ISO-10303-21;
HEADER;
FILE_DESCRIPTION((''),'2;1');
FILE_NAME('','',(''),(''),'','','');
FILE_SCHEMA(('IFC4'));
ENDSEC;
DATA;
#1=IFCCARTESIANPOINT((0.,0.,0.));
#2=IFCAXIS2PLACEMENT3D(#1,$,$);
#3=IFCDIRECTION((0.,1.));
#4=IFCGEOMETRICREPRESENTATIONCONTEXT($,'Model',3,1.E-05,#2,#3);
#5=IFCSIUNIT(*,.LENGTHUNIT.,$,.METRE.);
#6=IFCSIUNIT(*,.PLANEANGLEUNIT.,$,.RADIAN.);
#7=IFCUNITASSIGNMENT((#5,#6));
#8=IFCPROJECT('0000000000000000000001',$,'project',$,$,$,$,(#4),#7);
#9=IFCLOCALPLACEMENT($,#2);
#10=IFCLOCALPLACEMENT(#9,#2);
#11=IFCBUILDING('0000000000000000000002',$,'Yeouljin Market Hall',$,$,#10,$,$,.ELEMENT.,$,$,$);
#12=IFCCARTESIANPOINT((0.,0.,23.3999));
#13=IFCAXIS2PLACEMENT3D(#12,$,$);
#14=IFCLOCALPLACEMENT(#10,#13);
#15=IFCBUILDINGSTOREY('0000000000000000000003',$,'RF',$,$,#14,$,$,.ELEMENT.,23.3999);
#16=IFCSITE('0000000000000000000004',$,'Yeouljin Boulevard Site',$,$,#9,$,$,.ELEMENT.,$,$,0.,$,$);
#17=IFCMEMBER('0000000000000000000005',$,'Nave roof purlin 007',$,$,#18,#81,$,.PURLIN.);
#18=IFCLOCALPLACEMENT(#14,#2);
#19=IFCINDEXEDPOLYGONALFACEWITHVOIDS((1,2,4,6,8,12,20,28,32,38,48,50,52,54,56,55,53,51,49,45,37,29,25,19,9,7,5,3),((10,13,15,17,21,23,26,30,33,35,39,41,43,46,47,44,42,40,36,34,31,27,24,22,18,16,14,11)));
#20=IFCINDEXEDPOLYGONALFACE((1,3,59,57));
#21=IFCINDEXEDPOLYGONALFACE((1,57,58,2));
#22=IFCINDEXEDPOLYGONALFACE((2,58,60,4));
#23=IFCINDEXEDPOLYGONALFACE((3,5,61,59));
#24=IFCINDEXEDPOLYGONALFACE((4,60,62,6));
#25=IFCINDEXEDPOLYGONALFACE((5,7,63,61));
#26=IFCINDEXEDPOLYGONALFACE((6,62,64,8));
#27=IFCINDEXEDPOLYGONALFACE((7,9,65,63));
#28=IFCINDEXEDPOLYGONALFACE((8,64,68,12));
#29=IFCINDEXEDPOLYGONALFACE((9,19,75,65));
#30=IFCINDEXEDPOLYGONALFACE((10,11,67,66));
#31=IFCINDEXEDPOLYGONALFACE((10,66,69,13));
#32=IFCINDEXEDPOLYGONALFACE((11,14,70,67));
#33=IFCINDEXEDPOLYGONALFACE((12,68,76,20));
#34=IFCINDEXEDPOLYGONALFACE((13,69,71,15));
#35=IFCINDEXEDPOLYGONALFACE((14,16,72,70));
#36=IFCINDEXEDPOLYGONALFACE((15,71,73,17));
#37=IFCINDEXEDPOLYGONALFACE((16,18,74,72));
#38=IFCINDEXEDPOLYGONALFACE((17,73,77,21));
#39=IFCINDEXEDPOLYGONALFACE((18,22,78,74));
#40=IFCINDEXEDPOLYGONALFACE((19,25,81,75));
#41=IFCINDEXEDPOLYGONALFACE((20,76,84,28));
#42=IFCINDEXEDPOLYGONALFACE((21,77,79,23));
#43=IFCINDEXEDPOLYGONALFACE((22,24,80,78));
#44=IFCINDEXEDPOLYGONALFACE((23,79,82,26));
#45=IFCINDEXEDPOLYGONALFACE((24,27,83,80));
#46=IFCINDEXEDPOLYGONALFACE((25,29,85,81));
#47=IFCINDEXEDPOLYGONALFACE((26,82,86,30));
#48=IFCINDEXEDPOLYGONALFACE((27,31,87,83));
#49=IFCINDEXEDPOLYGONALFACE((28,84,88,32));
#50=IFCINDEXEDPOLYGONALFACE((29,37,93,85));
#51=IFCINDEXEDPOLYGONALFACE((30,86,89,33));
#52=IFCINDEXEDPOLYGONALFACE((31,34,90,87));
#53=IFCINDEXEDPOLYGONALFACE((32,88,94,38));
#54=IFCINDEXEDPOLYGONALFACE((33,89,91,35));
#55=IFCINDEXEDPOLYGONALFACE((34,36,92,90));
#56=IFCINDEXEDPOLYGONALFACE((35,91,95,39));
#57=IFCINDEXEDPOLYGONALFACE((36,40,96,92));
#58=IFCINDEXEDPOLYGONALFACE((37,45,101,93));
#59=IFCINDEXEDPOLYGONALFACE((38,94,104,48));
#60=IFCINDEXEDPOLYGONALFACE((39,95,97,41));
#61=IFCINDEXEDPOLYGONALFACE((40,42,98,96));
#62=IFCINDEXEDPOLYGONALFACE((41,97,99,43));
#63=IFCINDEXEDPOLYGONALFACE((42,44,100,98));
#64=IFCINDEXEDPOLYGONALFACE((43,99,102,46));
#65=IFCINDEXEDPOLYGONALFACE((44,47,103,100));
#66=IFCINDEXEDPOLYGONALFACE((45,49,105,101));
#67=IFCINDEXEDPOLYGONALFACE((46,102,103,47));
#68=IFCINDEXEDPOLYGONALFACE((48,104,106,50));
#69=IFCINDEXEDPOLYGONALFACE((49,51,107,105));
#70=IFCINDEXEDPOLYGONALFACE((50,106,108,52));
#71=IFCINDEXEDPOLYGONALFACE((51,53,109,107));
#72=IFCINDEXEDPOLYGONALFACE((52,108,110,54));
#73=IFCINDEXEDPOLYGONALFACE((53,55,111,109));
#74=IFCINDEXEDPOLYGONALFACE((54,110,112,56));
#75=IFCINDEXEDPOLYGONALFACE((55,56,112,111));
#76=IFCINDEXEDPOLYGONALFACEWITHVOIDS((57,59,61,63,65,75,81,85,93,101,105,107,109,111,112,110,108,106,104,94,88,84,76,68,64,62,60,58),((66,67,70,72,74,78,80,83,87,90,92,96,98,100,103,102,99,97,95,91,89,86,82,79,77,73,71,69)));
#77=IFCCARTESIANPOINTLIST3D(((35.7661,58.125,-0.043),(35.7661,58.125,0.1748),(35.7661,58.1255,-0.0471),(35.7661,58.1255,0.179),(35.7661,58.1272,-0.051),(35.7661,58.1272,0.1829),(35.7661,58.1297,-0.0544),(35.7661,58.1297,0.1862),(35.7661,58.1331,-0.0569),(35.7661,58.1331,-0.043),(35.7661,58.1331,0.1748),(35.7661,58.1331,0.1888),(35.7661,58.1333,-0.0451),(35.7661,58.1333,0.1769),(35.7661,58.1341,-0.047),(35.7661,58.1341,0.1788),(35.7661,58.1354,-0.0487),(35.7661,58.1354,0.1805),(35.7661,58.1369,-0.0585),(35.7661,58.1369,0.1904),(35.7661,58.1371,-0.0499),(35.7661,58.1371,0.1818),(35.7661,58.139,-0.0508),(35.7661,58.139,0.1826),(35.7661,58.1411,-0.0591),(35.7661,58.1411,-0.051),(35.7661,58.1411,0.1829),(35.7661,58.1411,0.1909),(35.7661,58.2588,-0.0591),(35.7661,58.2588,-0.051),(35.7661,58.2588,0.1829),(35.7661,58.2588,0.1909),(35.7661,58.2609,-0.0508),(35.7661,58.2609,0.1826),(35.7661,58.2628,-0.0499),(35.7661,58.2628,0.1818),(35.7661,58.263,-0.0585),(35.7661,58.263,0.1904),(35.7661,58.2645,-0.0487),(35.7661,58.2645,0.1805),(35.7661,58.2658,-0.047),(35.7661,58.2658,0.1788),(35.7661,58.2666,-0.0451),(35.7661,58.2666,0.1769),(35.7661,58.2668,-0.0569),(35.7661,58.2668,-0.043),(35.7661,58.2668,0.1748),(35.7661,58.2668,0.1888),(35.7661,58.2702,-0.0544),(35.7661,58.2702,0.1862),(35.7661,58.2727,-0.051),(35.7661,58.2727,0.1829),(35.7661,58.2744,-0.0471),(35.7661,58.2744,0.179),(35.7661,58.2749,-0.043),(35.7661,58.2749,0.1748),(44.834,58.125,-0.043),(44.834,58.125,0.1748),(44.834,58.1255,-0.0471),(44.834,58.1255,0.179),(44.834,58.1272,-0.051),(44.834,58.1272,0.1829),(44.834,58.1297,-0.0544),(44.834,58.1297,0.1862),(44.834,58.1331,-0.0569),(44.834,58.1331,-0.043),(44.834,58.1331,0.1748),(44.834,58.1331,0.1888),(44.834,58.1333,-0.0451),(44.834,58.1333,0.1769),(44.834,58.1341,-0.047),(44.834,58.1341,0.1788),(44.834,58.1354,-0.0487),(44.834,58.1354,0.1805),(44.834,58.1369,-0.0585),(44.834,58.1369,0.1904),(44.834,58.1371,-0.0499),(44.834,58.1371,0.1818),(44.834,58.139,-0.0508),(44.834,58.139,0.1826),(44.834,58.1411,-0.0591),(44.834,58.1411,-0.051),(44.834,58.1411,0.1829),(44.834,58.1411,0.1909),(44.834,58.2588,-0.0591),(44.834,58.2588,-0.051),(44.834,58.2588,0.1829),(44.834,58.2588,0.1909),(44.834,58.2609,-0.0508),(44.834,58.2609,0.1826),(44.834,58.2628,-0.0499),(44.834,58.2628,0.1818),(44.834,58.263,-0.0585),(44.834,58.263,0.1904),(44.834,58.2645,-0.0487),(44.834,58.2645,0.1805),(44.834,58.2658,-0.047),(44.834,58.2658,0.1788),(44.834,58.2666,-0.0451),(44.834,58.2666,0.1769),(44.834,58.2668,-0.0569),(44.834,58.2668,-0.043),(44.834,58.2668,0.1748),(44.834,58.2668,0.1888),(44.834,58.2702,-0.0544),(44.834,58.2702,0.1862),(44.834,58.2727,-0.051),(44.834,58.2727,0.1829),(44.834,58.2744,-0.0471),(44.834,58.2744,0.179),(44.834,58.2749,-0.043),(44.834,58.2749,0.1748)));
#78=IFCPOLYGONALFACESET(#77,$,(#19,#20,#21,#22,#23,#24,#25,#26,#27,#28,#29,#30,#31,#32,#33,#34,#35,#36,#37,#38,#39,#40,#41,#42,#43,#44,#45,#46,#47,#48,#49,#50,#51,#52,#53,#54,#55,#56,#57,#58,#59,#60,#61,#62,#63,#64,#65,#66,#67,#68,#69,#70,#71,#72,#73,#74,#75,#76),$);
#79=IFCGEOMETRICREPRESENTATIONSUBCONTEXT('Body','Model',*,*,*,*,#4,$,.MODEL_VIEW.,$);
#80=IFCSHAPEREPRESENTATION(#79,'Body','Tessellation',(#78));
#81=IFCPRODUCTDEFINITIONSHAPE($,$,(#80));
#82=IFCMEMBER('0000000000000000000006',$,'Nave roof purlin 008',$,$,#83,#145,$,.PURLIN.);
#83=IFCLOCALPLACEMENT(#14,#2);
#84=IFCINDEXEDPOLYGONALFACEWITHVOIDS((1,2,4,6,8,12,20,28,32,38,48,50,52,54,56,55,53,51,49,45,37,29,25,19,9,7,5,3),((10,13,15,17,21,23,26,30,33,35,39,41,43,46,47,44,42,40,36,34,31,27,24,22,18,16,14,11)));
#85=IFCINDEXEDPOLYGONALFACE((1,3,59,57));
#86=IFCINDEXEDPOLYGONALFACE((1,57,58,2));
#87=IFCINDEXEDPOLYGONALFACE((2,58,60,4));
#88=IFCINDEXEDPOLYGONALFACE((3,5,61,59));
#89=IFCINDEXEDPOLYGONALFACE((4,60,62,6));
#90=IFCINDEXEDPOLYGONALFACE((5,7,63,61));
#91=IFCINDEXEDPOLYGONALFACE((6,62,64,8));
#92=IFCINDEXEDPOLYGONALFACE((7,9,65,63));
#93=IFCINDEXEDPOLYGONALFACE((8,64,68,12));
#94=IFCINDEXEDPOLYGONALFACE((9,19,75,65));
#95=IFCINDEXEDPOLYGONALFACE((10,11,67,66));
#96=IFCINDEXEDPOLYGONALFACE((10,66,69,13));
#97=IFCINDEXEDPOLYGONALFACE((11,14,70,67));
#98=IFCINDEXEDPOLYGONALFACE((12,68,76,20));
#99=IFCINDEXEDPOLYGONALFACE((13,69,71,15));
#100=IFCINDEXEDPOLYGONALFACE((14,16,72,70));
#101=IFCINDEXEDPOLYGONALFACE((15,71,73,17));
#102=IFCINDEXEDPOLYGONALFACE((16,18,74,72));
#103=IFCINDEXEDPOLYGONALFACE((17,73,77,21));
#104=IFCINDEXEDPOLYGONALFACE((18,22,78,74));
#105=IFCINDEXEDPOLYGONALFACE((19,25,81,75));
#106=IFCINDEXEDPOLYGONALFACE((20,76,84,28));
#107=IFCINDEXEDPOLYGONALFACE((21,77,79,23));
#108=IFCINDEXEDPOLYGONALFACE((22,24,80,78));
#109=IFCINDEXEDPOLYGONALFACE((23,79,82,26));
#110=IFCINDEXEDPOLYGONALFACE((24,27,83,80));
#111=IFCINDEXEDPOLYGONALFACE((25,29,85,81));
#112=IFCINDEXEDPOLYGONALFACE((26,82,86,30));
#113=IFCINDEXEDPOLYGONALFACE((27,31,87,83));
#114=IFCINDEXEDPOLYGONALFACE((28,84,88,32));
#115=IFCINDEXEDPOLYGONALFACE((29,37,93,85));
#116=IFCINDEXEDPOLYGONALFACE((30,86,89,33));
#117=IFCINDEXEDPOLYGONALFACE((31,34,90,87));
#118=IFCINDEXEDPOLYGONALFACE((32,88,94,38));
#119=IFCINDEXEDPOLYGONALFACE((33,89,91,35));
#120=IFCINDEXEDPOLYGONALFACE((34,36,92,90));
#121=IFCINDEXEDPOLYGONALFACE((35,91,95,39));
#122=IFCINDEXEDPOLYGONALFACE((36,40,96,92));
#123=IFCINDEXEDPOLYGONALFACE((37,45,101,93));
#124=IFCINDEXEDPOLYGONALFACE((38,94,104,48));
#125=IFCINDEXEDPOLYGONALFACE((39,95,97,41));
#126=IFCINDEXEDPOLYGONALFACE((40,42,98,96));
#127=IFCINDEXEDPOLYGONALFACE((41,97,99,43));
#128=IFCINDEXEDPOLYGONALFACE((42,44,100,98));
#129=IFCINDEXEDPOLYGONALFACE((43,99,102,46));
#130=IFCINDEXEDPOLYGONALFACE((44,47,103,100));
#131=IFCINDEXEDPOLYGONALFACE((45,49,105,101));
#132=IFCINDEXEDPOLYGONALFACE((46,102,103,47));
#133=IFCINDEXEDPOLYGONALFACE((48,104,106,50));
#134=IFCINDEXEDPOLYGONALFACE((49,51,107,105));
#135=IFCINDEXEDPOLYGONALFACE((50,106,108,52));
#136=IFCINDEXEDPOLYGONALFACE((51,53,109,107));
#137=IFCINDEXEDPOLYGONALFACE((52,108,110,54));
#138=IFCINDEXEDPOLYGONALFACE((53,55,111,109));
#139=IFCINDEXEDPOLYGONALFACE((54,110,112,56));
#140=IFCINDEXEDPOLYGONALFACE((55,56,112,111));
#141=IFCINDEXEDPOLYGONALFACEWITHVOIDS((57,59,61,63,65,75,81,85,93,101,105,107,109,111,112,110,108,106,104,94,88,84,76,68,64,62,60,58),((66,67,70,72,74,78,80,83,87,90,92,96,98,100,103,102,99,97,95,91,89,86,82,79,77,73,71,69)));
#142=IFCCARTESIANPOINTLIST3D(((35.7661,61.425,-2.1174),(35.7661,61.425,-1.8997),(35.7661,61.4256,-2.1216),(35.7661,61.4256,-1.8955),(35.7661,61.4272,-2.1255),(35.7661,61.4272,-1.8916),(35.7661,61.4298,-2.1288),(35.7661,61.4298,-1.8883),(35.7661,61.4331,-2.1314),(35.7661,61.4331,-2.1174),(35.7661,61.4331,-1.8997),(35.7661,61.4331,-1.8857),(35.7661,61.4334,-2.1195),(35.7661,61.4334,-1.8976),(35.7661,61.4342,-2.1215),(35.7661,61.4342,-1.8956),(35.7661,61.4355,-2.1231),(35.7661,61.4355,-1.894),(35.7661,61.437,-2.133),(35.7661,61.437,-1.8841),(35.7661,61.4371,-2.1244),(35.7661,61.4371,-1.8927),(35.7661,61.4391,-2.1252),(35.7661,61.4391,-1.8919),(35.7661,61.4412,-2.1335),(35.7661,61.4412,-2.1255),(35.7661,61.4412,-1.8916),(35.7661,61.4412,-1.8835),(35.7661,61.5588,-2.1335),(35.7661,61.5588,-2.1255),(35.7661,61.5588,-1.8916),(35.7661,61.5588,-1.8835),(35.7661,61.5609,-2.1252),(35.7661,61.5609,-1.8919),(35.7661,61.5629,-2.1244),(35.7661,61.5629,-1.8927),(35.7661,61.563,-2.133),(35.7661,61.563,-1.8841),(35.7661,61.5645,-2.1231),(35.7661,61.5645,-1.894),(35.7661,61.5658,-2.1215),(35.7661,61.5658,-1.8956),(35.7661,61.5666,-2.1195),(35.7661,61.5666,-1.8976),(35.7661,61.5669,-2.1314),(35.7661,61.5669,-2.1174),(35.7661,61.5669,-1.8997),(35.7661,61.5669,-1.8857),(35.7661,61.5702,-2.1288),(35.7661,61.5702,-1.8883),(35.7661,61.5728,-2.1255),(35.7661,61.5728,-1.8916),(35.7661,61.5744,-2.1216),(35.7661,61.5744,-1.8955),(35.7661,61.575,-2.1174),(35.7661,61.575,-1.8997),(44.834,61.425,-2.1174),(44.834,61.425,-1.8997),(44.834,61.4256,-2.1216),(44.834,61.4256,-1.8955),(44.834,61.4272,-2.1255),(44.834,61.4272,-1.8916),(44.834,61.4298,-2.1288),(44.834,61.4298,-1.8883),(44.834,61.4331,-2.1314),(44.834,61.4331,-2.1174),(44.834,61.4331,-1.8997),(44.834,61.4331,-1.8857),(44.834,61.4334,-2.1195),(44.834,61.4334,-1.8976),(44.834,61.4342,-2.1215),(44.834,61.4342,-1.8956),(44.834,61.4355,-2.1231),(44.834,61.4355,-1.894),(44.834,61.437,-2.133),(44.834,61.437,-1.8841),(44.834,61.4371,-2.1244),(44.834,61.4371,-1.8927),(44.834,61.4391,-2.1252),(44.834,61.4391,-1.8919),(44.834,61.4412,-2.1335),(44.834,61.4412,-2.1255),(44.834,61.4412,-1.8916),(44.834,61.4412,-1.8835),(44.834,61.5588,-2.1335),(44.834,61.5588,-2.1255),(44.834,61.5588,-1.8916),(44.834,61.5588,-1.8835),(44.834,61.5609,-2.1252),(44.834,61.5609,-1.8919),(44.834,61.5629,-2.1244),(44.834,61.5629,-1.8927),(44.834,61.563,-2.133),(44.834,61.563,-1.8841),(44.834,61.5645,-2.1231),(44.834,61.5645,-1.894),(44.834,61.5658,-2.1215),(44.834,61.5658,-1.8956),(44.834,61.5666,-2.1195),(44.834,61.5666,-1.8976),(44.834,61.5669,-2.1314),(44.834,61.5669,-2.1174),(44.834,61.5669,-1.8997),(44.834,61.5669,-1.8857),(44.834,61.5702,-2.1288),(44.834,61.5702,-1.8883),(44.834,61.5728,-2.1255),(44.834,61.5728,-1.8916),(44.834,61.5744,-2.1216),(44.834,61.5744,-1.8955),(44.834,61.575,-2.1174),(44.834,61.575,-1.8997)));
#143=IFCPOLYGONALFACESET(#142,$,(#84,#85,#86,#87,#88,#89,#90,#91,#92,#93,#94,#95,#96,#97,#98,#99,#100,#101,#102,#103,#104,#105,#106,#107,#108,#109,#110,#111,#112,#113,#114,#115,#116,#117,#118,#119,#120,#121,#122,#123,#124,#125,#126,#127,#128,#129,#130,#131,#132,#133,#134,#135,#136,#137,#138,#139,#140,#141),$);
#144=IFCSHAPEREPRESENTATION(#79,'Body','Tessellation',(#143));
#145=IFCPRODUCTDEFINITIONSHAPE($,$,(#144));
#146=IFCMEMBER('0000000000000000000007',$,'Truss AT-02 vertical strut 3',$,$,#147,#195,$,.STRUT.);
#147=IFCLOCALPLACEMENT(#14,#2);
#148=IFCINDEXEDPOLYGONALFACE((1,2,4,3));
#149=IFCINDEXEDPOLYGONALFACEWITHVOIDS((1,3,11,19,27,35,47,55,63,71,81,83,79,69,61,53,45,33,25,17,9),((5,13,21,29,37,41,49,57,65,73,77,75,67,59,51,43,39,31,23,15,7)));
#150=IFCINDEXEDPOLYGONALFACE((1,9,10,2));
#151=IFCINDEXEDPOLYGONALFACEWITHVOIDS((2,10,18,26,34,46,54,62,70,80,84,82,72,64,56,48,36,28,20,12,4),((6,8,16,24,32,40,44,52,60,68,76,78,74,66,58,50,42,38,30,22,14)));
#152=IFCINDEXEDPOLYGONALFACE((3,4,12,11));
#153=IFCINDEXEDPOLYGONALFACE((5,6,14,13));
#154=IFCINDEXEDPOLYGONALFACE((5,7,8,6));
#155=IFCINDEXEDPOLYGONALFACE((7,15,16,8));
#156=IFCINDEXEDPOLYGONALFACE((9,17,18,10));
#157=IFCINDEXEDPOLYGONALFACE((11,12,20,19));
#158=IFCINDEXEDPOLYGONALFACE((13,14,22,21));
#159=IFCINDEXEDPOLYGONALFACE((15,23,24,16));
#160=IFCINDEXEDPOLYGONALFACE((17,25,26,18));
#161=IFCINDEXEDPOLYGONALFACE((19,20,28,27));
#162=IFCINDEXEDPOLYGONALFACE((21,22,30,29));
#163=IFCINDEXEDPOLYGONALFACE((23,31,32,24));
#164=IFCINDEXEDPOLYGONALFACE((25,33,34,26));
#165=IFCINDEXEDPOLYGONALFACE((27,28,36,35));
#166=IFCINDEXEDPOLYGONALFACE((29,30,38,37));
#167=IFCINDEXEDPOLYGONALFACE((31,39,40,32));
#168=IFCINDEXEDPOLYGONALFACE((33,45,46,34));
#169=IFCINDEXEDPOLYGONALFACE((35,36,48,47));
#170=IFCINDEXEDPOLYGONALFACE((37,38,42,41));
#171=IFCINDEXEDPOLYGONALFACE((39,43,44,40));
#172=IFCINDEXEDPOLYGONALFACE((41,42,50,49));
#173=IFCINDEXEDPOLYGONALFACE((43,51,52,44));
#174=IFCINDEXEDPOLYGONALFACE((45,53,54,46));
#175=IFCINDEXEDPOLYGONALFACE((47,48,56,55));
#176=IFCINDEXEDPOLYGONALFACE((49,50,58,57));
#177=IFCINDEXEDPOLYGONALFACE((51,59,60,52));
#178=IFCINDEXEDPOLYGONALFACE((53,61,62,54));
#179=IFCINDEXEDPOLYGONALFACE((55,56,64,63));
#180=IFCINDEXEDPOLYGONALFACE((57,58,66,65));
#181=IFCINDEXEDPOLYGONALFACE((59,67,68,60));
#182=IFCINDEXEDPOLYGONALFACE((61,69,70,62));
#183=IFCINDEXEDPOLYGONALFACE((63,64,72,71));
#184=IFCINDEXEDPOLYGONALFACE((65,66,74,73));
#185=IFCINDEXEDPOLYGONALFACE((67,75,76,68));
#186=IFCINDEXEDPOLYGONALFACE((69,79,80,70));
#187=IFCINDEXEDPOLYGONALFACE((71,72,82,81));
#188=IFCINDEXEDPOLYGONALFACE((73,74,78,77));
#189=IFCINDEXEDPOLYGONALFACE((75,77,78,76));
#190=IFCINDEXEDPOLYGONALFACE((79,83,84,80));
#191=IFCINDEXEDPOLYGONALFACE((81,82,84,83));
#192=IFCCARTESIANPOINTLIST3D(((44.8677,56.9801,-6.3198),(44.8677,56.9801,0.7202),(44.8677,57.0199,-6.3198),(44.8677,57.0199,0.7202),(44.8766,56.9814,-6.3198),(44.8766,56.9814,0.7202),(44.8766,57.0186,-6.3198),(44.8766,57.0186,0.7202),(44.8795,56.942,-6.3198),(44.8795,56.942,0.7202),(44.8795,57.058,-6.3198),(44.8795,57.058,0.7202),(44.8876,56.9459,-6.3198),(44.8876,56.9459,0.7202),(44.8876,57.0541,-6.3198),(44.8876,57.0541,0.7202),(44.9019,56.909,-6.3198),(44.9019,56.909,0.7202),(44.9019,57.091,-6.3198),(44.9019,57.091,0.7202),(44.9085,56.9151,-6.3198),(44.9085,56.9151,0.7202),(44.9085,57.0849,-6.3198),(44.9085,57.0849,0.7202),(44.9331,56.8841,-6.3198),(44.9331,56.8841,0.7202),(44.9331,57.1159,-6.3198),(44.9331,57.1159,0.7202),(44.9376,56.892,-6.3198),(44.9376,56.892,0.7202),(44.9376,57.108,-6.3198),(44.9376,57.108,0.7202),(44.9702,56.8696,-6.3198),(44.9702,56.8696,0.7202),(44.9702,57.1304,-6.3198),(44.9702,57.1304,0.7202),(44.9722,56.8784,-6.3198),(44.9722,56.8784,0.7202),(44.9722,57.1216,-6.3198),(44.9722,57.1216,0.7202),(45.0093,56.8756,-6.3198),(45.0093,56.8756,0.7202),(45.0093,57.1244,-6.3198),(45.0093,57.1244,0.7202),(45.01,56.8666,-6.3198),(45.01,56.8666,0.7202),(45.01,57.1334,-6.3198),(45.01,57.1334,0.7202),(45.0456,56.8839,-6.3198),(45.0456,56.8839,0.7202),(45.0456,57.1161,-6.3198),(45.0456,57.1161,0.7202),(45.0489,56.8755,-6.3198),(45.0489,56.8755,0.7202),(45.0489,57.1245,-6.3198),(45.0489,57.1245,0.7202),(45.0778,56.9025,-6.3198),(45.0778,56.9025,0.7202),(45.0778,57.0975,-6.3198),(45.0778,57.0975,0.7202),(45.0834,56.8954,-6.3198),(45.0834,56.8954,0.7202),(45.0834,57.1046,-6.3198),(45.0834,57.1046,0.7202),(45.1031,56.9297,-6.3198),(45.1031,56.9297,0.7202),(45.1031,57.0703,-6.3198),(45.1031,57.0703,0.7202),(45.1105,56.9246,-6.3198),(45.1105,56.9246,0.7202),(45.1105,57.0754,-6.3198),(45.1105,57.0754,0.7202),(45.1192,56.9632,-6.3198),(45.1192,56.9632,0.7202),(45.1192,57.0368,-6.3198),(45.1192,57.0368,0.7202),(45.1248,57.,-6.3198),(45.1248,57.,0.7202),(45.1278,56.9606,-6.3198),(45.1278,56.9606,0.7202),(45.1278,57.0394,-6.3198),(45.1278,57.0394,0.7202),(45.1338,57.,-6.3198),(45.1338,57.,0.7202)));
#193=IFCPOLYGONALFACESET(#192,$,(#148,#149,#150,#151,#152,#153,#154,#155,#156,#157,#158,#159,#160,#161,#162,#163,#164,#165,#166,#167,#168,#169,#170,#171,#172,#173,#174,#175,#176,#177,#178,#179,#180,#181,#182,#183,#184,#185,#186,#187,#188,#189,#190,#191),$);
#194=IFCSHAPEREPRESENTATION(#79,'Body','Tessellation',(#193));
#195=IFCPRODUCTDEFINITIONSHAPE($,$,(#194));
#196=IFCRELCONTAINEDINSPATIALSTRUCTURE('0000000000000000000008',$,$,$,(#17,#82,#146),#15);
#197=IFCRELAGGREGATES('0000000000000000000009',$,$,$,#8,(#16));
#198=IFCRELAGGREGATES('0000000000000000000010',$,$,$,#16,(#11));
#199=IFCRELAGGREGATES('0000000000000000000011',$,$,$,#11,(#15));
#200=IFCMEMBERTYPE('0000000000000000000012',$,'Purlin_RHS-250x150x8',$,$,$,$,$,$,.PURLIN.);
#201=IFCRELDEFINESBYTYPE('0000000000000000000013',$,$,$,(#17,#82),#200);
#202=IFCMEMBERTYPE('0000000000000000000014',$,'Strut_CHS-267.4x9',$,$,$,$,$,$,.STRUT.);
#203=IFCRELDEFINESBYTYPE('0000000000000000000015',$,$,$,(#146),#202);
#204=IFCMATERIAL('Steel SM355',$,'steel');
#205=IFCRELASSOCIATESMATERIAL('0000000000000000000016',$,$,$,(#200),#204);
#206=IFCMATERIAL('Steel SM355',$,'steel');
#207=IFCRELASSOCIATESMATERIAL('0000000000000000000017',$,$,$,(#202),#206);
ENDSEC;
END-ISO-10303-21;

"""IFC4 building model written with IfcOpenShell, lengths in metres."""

from ifc_helpers import new_model, si_unit, direction, frame, origin, origin_2d, place, context, subcontext, project, spatial, hollow_rectangle, hollow_circle, extrude, material, material_profile, profile_set, type_object, element, save


model = new_model("IFC4")

# Units and contexts
model_context = context("Model", 3, precision=1e-05, world=origin(), true_north=direction((0.0, 1.0)))
body_context = subcontext(model_context, "Body", "Model", "MODEL_VIEW")
ifc_project = project(units=[si_unit("LENGTHUNIT", "METRE"), si_unit("PLANEANGLEUNIT", "RADIAN")], contexts=[model_context])

# Site, building, storey
site_placement = place(None, origin())
site = spatial("IfcSite", under=ifc_project, at=site_placement, Name="Yeouljin Boulevard Site", CompositionType="ELEMENT", RefElevation=0.0)
building_placement = place(site_placement, origin())
building = spatial("IfcBuilding", under=site, at=building_placement, Name="Yeouljin Market Hall", CompositionType="ELEMENT")
storey_placement = place(building_placement, frame((0.0, 0.0, 23.3999)))
storey = spatial("IfcBuildingStorey", under=building, at=storey_placement, Name="RF", CompositionType="ELEMENT", Elevation=23.3999)

# Members
ifc_material_1 = material(Name="Steel SM355", Category="steel")
ifc_material_profile_1 = material_profile(ifc_material_1, hollow_rectangle(XDim=0.1499, YDim=0.25, WallThickness=0.0081, InnerFilletRadius=0.0081, OuterFilletRadius=0.0161, at=origin_2d()), Name="RHS-250x150x8")
ifc_profile_set_1 = profile_set([ifc_material_profile_1], Name="Steel SM355")
member_type_1 = type_object("IfcMemberType", Name="Purlin_RHS-250x150x8", PredefinedType="PURLIN", material=ifc_profile_set_1)
for number, where, z_axis, x_axis, name in (
    (1, (35.7661, 58.2, 0.0659), (1.0, 0.0, 0.0), (0.0, 1.0, 0.0), "Nave roof purlin 007"),
    (2, (35.7661, 61.5, -2.0085), (1.0, 0.0, 0.0), (0.0, 1.0, 0.0), "Nave roof purlin 008"),
):
    element("IfcMember", number, at=place(storey_placement, frame(where, z_axis=z_axis, x_axis=x_axis)), inside=storey, type_object=member_type_1, Name=name, PredefinedType="PURLIN", context=body_context, shape_type="SweptSolid", body=[
        extrude(hollow_rectangle(XDim=0.1499, YDim=0.25, WallThickness=0.0081, InnerFilletRadius=0.0081, OuterFilletRadius=0.0161, at=origin_2d()), origin(), (0.0, 0.0, 1.0), 9.0679),
    ])
ifc_material_2 = material(Name="Steel SM355", Category="steel")
ifc_material_profile_2 = material_profile(ifc_material_2, hollow_circle(Radius=0.1338, WallThickness=0.009, at=origin_2d()), Name="CHS-267.4x9")
ifc_profile_set_2 = profile_set([ifc_material_profile_2], Name="Steel SM355")
member_type_2 = type_object("IfcMemberType", Name="Strut_CHS-267.4x9", PredefinedType="STRUT", material=ifc_profile_set_2)
member_1_placement = place(storey_placement, frame((45.0, 57.0, -6.3198), z_axis=(0.0, 0.0, 1.0), x_axis=(1.0, 0.0, 0.0)))
element("IfcMember", 3, at=member_1_placement, inside=storey, type_object=member_type_2, Name="Truss AT-02 vertical strut 3", PredefinedType="STRUT", context=body_context, shape_type="SweptSolid", body=[
    extrude(hollow_circle(Radius=0.1338, WallThickness=0.009, at=origin_2d()), origin(), (0.0, 0.0, 1.0), 7.04),
])

save(model, "model.ifc")
